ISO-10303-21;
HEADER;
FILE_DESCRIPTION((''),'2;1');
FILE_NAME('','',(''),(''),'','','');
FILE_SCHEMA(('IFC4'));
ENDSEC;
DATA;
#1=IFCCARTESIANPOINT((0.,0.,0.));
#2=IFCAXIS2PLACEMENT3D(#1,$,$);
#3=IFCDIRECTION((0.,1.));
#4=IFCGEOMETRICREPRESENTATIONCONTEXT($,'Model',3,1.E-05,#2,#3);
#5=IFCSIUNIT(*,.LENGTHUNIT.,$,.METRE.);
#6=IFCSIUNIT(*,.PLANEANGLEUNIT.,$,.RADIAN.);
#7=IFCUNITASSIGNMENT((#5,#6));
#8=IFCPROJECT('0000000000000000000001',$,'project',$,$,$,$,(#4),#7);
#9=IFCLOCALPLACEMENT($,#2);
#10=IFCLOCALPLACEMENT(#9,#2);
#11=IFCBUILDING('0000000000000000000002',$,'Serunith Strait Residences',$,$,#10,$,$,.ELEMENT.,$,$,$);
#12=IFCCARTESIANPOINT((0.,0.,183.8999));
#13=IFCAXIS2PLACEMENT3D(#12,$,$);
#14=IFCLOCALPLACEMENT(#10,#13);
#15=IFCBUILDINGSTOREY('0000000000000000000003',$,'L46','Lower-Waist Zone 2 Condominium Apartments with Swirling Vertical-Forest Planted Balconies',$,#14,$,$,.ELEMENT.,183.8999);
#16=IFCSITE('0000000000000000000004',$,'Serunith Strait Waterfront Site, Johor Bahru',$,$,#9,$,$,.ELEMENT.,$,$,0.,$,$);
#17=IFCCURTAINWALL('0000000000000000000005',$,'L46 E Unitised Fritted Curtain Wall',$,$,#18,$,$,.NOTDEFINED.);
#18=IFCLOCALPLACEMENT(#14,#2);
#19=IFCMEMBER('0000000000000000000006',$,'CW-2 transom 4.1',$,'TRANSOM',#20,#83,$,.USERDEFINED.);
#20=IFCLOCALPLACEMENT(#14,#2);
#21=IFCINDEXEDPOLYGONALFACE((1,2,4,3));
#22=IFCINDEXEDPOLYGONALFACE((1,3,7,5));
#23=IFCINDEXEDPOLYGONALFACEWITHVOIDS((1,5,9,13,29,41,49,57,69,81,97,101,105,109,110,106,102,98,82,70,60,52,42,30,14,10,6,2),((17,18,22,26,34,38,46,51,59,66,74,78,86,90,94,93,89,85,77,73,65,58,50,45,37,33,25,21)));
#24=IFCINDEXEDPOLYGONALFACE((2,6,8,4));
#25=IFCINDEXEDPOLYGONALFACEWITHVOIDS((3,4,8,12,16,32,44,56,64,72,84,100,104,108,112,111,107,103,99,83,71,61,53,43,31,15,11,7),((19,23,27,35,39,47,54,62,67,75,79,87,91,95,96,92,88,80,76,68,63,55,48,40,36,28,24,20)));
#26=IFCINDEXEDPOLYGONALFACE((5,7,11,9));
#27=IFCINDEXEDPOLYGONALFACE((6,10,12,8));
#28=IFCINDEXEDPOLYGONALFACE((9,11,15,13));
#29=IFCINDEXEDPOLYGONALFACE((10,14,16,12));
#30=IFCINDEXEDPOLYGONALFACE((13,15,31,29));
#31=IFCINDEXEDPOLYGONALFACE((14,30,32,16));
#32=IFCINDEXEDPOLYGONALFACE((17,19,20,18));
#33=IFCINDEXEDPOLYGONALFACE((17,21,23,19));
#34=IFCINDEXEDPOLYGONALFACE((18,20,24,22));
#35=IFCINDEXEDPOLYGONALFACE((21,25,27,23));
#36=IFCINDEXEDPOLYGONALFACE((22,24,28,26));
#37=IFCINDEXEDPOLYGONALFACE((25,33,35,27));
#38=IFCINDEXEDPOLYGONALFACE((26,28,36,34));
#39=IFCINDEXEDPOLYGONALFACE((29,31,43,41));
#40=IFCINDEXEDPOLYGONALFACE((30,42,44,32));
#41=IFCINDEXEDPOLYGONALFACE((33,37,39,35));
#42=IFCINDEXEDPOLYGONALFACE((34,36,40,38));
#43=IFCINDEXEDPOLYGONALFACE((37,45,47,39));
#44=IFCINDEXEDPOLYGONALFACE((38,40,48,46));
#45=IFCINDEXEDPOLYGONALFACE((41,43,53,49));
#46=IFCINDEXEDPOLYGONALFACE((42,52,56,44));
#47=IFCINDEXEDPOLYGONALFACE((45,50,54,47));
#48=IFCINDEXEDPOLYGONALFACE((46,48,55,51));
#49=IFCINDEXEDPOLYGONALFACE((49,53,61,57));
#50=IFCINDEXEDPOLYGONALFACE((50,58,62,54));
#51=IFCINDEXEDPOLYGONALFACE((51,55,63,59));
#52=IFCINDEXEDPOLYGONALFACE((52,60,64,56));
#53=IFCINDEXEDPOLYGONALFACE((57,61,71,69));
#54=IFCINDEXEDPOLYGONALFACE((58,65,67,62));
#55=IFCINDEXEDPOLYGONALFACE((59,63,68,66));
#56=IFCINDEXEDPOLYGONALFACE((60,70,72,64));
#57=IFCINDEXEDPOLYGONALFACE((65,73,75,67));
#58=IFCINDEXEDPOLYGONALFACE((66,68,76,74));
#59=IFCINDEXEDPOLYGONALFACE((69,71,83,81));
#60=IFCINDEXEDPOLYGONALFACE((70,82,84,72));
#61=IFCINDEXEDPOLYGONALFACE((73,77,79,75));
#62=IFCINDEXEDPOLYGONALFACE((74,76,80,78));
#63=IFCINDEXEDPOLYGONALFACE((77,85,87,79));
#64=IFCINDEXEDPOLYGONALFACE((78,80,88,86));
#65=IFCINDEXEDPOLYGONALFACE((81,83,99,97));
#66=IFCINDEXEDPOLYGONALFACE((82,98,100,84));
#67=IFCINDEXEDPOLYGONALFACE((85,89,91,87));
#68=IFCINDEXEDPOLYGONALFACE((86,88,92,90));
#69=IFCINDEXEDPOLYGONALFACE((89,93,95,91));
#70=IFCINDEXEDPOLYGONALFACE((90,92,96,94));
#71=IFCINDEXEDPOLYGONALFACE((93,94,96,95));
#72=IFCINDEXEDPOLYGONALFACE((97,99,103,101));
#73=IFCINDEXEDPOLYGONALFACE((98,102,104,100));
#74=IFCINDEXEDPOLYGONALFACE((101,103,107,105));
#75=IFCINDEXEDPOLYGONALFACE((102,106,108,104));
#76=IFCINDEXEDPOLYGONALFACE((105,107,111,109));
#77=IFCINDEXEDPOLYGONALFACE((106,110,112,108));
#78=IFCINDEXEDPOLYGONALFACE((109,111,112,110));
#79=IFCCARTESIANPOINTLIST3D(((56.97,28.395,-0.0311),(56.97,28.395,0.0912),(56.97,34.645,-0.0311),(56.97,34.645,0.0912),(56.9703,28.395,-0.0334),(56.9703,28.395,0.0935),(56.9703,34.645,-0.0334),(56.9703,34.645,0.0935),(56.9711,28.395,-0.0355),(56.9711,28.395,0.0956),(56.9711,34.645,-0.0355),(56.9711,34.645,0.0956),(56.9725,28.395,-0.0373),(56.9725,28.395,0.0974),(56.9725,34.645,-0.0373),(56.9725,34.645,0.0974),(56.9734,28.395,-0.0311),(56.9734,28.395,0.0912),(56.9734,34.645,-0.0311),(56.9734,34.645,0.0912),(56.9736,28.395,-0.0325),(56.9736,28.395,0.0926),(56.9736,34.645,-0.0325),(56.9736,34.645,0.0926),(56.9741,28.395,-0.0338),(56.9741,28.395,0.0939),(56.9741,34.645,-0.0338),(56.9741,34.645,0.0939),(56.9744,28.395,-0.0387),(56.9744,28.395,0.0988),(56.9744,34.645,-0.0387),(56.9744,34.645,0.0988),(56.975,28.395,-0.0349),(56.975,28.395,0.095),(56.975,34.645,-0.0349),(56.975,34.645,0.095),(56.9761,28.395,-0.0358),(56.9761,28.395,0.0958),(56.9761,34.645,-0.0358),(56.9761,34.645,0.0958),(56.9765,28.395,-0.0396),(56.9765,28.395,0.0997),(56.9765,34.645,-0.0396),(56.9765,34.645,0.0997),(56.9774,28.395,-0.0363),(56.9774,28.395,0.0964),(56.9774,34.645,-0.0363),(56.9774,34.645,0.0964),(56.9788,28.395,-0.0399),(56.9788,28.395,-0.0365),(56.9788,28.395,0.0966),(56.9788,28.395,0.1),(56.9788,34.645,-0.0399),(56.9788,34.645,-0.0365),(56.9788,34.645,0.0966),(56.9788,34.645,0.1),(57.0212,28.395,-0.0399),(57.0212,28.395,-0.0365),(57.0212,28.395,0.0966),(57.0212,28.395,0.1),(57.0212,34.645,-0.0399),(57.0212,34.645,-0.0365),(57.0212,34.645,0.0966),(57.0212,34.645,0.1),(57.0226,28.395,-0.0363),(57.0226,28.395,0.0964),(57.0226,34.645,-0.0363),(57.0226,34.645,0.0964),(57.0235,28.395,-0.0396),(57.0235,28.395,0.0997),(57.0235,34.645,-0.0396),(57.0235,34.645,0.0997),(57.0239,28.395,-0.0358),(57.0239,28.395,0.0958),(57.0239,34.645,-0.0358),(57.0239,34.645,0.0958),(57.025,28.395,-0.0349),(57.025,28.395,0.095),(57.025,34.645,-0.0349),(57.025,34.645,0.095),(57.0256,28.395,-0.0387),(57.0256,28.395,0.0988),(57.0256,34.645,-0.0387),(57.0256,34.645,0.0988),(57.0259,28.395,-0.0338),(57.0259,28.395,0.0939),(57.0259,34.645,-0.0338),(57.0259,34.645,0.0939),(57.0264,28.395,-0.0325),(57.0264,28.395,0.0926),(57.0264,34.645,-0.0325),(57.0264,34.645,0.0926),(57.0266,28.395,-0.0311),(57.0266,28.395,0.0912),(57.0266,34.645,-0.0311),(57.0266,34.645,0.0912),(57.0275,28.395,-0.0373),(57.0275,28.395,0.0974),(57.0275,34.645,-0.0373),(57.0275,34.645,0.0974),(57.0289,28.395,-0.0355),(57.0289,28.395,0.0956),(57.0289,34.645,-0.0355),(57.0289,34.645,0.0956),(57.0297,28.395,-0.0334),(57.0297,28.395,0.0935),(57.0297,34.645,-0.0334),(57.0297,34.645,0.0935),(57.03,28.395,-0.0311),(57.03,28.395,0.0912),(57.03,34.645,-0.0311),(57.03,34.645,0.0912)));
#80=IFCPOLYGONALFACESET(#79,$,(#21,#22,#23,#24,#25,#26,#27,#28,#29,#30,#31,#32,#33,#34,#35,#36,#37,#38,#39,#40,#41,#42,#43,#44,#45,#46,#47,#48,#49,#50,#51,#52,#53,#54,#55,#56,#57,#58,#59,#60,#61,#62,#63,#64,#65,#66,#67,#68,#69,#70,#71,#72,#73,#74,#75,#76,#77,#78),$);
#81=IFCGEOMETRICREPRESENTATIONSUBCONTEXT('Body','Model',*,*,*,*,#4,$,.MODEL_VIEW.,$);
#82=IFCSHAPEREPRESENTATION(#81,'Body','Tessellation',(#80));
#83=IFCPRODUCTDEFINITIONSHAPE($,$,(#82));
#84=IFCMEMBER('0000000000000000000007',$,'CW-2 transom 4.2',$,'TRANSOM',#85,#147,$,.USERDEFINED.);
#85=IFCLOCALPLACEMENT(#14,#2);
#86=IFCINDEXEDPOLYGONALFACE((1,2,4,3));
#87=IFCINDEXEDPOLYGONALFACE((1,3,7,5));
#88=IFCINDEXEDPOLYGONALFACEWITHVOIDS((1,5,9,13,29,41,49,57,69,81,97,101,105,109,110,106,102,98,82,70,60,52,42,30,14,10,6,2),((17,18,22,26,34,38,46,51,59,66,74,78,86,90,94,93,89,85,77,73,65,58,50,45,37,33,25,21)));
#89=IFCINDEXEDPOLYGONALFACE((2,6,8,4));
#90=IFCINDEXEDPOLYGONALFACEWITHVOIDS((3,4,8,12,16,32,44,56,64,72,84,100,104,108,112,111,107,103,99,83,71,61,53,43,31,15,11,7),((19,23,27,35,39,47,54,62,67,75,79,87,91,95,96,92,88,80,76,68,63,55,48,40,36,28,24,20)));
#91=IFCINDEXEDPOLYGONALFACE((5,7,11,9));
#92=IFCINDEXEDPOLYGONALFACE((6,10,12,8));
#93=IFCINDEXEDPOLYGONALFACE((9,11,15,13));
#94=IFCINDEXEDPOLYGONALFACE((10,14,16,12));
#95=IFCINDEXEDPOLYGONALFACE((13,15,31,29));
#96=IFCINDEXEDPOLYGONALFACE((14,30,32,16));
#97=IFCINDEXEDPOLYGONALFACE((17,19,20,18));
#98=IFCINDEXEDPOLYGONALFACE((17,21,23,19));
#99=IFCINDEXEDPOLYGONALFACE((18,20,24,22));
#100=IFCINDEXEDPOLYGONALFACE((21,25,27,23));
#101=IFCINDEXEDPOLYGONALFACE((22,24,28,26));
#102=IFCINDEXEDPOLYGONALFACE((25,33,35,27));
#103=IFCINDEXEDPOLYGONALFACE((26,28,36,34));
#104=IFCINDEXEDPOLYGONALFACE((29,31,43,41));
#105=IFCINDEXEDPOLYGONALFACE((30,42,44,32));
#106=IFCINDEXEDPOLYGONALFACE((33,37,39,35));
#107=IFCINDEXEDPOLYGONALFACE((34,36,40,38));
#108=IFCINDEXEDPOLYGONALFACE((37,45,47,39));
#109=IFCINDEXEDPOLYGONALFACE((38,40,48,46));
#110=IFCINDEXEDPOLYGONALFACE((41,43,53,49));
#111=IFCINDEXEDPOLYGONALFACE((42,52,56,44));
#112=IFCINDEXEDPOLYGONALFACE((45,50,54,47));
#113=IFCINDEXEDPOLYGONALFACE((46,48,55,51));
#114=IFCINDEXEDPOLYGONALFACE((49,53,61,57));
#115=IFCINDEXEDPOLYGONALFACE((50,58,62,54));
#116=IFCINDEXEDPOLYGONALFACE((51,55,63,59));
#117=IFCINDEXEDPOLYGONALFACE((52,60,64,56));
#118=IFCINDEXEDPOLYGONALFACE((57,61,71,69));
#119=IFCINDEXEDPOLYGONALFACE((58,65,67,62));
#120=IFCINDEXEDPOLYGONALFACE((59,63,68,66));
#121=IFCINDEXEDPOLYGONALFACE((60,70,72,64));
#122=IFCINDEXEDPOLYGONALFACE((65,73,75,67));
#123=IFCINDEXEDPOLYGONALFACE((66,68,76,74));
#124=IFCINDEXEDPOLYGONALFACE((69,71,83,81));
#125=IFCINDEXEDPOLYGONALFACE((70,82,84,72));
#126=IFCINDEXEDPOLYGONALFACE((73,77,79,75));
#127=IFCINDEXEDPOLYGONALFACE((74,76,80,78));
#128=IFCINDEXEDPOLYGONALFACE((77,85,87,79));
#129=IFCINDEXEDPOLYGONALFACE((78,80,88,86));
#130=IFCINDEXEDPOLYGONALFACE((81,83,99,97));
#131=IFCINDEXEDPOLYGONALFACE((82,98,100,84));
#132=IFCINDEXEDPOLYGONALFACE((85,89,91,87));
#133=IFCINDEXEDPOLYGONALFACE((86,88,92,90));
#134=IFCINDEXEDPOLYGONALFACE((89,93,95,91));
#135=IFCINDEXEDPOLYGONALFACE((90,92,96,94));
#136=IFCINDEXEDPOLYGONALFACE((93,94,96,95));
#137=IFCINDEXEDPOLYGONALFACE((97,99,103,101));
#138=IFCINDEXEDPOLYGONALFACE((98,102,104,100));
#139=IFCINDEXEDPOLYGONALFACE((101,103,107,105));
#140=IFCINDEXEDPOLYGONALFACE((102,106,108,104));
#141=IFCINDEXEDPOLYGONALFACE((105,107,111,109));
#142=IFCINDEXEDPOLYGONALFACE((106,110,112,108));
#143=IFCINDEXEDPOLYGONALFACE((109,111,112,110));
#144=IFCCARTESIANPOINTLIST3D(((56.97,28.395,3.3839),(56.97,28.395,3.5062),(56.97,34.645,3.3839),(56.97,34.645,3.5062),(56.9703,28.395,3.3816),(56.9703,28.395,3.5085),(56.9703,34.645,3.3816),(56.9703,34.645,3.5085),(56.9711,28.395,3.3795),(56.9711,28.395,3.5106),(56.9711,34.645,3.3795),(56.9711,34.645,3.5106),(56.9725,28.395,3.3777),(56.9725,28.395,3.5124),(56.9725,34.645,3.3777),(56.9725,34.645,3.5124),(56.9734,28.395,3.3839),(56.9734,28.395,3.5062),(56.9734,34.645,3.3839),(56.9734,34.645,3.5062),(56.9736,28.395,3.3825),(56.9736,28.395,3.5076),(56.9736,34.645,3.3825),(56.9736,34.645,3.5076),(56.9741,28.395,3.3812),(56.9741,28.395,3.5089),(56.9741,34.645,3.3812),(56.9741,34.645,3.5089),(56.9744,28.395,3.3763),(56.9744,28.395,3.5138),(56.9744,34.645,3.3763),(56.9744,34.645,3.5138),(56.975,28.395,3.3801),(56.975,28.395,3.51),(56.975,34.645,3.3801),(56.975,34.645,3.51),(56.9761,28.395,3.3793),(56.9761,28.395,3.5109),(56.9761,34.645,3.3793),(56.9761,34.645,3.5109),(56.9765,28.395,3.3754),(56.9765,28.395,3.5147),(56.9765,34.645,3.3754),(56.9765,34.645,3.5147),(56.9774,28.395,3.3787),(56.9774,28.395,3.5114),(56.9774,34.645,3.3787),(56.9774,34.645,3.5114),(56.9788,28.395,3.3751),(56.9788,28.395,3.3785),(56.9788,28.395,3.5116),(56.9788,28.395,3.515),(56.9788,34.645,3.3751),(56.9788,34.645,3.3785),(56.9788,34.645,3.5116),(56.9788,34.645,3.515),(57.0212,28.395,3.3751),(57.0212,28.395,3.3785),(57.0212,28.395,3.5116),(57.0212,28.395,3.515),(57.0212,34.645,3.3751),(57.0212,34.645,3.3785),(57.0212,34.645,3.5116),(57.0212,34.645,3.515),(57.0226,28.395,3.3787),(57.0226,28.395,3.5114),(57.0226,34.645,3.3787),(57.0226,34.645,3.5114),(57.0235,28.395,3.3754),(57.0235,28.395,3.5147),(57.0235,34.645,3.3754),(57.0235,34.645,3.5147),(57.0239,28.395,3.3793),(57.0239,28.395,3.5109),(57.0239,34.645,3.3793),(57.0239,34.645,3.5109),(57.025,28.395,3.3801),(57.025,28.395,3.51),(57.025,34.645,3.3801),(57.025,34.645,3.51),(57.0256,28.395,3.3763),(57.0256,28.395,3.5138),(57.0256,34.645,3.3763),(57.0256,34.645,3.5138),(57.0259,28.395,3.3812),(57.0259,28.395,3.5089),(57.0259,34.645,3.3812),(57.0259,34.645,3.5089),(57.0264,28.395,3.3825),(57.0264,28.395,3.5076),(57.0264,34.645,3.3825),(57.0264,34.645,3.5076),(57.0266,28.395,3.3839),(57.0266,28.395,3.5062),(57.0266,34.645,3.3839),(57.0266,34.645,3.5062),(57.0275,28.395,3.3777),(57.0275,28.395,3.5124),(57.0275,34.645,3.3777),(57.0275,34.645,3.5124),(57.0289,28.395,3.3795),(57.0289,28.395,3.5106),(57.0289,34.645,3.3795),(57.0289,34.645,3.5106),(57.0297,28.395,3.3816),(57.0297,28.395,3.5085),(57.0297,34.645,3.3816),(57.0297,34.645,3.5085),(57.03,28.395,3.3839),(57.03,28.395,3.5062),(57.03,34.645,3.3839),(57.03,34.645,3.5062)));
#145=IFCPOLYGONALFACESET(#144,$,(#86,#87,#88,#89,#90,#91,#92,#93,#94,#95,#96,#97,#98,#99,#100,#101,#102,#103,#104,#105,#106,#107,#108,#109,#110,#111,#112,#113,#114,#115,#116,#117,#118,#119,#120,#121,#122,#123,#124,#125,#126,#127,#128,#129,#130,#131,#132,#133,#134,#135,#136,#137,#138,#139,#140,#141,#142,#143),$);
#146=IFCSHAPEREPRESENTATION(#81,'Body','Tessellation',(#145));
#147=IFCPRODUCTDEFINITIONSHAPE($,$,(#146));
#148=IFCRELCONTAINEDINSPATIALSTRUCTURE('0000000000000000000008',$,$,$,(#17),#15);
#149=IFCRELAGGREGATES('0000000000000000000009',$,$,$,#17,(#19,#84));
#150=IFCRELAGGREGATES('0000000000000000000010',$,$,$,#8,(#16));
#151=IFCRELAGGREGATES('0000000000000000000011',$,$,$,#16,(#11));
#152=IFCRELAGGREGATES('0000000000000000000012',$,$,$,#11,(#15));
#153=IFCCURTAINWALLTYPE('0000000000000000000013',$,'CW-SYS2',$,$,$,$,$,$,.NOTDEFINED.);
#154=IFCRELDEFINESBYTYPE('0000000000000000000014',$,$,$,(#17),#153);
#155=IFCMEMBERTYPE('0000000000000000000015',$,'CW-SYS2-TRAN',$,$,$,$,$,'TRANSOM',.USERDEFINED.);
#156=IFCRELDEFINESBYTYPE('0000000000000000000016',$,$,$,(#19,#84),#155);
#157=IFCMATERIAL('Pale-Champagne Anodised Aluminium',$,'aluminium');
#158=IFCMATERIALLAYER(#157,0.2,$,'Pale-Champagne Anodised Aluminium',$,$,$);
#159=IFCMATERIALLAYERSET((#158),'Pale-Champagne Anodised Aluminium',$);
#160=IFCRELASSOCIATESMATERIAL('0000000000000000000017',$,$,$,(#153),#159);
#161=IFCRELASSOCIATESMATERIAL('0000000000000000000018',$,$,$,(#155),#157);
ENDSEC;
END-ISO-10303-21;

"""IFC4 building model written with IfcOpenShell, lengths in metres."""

from ifc_helpers import new_model, si_unit, direction, frame, origin, origin_2d, place, context, subcontext, project, spatial, hollow_rectangle, extrude, source, transform, mapped, material, layer, layer_set, material_profile, profile_set, type_object, element, aggregate, save


model = new_model("IFC4")

# Units and contexts
model_context = context("Model", 3, precision=1e-05, world=origin(), true_north=direction((0.0, 1.0)))
body_context = subcontext(model_context, "Body", "Model", "MODEL_VIEW")
ifc_project = project(units=[si_unit("LENGTHUNIT", "METRE"), si_unit("PLANEANGLEUNIT", "RADIAN")], contexts=[model_context])

# Site, building, storey
site_placement = place(None, origin())
site = spatial("IfcSite", under=ifc_project, at=site_placement, Name="Serunith Strait Waterfront Site, Johor Bahru", CompositionType="ELEMENT", RefElevation=0.0)
building_placement = place(site_placement, origin())
building = spatial("IfcBuilding", under=site, at=building_placement, Name="Serunith Strait Residences", CompositionType="ELEMENT")
storey_placement = place(building_placement, frame((0.0, 0.0, 183.8999)))
storey = spatial("IfcBuildingStorey", under=building, at=storey_placement, Name="L46", Description="Lower-Waist Zone 2 Condominium Apartments with Swirling Vertical-Forest Planted Balconies", CompositionType="ELEMENT", Elevation=183.8999)

# Curtain wall, members
ifc_material_1 = material(Name="Pale-Champagne Anodised Aluminium", Category="aluminium")
ifc_layer_1 = layer(ifc_material_1, 0.2, Name="Pale-Champagne Anodised Aluminium")
ifc_layer_set_1 = layer_set([ifc_layer_1], Name="Pale-Champagne Anodised Aluminium")
curtain_wall_type = type_object("IfcCurtainWallType", Name="CW-SYS2", PredefinedType="NOTDEFINED", material=ifc_layer_set_1)
curtain_wall_placement = place(storey_placement, origin())
curtain_wall = element("IfcCurtainWall", 1, at=curtain_wall_placement, inside=storey, type_object=curtain_wall_type, Name="L46 E Unitised Fritted Curtain Wall", PredefinedType="NOTDEFINED")
ifc_material_profile_1 = material_profile(ifc_material_1, hollow_rectangle(XDim=0.0601, YDim=0.1399, WallThickness=0.0034, InnerFilletRadius=0.0054, OuterFilletRadius=0.0088, at=origin_2d()), Name="ALU 140x60x3.5")
ifc_profile_set_1 = profile_set([ifc_material_profile_1], Name="Pale-Champagne Anodised Aluminium")
member_type_1 = type_object("IfcMemberType", Name="CW-SYS2-TRAN", ElementType="TRANSOM", PredefinedType="USERDEFINED", material=ifc_profile_set_1)
shared_shape_1 = source(origin(), body_context, "Body", "SweptSolid", [
    extrude(hollow_rectangle(XDim=0.0601, YDim=0.1399, WallThickness=0.0034, InnerFilletRadius=0.0054, OuterFilletRadius=0.0088, at=origin_2d()), origin(), (0.0, 0.0, 1.0), 6.25),
])
member_1_placement = place(storey_placement, frame((57.0, 28.395, 0.03), z_axis=(0.0, 1.0, 0.0), x_axis=(-1.0, 0.0, 0.0)))
member_1 = element("IfcMember", 2, at=member_1_placement, type_object=member_type_1, Name="CW-2 transom 4.1", ObjectType="TRANSOM", PredefinedType="USERDEFINED", context=body_context, shape_type="MappedRepresentation", body=[
    mapped(shared_shape_1, transform((0.0, 0.0, 0.0), scale=1.0)),
])
member_2_placement = place(storey_placement, frame((57.0, 28.395, 3.4451), z_axis=(0.0, 1.0, 0.0), x_axis=(-1.0, 0.0, 0.0)))
member_2 = element("IfcMember", 3, at=member_2_placement, type_object=member_type_1, Name="CW-2 transom 4.2", ObjectType="TRANSOM", PredefinedType="USERDEFINED", context=body_context, shape_type="MappedRepresentation", body=[
    mapped(shared_shape_1, transform((0.0, 0.0, 0.0), scale=1.0)),
])
aggregate(curtain_wall, [member_1, member_2])

save(model, "model.ifc")
